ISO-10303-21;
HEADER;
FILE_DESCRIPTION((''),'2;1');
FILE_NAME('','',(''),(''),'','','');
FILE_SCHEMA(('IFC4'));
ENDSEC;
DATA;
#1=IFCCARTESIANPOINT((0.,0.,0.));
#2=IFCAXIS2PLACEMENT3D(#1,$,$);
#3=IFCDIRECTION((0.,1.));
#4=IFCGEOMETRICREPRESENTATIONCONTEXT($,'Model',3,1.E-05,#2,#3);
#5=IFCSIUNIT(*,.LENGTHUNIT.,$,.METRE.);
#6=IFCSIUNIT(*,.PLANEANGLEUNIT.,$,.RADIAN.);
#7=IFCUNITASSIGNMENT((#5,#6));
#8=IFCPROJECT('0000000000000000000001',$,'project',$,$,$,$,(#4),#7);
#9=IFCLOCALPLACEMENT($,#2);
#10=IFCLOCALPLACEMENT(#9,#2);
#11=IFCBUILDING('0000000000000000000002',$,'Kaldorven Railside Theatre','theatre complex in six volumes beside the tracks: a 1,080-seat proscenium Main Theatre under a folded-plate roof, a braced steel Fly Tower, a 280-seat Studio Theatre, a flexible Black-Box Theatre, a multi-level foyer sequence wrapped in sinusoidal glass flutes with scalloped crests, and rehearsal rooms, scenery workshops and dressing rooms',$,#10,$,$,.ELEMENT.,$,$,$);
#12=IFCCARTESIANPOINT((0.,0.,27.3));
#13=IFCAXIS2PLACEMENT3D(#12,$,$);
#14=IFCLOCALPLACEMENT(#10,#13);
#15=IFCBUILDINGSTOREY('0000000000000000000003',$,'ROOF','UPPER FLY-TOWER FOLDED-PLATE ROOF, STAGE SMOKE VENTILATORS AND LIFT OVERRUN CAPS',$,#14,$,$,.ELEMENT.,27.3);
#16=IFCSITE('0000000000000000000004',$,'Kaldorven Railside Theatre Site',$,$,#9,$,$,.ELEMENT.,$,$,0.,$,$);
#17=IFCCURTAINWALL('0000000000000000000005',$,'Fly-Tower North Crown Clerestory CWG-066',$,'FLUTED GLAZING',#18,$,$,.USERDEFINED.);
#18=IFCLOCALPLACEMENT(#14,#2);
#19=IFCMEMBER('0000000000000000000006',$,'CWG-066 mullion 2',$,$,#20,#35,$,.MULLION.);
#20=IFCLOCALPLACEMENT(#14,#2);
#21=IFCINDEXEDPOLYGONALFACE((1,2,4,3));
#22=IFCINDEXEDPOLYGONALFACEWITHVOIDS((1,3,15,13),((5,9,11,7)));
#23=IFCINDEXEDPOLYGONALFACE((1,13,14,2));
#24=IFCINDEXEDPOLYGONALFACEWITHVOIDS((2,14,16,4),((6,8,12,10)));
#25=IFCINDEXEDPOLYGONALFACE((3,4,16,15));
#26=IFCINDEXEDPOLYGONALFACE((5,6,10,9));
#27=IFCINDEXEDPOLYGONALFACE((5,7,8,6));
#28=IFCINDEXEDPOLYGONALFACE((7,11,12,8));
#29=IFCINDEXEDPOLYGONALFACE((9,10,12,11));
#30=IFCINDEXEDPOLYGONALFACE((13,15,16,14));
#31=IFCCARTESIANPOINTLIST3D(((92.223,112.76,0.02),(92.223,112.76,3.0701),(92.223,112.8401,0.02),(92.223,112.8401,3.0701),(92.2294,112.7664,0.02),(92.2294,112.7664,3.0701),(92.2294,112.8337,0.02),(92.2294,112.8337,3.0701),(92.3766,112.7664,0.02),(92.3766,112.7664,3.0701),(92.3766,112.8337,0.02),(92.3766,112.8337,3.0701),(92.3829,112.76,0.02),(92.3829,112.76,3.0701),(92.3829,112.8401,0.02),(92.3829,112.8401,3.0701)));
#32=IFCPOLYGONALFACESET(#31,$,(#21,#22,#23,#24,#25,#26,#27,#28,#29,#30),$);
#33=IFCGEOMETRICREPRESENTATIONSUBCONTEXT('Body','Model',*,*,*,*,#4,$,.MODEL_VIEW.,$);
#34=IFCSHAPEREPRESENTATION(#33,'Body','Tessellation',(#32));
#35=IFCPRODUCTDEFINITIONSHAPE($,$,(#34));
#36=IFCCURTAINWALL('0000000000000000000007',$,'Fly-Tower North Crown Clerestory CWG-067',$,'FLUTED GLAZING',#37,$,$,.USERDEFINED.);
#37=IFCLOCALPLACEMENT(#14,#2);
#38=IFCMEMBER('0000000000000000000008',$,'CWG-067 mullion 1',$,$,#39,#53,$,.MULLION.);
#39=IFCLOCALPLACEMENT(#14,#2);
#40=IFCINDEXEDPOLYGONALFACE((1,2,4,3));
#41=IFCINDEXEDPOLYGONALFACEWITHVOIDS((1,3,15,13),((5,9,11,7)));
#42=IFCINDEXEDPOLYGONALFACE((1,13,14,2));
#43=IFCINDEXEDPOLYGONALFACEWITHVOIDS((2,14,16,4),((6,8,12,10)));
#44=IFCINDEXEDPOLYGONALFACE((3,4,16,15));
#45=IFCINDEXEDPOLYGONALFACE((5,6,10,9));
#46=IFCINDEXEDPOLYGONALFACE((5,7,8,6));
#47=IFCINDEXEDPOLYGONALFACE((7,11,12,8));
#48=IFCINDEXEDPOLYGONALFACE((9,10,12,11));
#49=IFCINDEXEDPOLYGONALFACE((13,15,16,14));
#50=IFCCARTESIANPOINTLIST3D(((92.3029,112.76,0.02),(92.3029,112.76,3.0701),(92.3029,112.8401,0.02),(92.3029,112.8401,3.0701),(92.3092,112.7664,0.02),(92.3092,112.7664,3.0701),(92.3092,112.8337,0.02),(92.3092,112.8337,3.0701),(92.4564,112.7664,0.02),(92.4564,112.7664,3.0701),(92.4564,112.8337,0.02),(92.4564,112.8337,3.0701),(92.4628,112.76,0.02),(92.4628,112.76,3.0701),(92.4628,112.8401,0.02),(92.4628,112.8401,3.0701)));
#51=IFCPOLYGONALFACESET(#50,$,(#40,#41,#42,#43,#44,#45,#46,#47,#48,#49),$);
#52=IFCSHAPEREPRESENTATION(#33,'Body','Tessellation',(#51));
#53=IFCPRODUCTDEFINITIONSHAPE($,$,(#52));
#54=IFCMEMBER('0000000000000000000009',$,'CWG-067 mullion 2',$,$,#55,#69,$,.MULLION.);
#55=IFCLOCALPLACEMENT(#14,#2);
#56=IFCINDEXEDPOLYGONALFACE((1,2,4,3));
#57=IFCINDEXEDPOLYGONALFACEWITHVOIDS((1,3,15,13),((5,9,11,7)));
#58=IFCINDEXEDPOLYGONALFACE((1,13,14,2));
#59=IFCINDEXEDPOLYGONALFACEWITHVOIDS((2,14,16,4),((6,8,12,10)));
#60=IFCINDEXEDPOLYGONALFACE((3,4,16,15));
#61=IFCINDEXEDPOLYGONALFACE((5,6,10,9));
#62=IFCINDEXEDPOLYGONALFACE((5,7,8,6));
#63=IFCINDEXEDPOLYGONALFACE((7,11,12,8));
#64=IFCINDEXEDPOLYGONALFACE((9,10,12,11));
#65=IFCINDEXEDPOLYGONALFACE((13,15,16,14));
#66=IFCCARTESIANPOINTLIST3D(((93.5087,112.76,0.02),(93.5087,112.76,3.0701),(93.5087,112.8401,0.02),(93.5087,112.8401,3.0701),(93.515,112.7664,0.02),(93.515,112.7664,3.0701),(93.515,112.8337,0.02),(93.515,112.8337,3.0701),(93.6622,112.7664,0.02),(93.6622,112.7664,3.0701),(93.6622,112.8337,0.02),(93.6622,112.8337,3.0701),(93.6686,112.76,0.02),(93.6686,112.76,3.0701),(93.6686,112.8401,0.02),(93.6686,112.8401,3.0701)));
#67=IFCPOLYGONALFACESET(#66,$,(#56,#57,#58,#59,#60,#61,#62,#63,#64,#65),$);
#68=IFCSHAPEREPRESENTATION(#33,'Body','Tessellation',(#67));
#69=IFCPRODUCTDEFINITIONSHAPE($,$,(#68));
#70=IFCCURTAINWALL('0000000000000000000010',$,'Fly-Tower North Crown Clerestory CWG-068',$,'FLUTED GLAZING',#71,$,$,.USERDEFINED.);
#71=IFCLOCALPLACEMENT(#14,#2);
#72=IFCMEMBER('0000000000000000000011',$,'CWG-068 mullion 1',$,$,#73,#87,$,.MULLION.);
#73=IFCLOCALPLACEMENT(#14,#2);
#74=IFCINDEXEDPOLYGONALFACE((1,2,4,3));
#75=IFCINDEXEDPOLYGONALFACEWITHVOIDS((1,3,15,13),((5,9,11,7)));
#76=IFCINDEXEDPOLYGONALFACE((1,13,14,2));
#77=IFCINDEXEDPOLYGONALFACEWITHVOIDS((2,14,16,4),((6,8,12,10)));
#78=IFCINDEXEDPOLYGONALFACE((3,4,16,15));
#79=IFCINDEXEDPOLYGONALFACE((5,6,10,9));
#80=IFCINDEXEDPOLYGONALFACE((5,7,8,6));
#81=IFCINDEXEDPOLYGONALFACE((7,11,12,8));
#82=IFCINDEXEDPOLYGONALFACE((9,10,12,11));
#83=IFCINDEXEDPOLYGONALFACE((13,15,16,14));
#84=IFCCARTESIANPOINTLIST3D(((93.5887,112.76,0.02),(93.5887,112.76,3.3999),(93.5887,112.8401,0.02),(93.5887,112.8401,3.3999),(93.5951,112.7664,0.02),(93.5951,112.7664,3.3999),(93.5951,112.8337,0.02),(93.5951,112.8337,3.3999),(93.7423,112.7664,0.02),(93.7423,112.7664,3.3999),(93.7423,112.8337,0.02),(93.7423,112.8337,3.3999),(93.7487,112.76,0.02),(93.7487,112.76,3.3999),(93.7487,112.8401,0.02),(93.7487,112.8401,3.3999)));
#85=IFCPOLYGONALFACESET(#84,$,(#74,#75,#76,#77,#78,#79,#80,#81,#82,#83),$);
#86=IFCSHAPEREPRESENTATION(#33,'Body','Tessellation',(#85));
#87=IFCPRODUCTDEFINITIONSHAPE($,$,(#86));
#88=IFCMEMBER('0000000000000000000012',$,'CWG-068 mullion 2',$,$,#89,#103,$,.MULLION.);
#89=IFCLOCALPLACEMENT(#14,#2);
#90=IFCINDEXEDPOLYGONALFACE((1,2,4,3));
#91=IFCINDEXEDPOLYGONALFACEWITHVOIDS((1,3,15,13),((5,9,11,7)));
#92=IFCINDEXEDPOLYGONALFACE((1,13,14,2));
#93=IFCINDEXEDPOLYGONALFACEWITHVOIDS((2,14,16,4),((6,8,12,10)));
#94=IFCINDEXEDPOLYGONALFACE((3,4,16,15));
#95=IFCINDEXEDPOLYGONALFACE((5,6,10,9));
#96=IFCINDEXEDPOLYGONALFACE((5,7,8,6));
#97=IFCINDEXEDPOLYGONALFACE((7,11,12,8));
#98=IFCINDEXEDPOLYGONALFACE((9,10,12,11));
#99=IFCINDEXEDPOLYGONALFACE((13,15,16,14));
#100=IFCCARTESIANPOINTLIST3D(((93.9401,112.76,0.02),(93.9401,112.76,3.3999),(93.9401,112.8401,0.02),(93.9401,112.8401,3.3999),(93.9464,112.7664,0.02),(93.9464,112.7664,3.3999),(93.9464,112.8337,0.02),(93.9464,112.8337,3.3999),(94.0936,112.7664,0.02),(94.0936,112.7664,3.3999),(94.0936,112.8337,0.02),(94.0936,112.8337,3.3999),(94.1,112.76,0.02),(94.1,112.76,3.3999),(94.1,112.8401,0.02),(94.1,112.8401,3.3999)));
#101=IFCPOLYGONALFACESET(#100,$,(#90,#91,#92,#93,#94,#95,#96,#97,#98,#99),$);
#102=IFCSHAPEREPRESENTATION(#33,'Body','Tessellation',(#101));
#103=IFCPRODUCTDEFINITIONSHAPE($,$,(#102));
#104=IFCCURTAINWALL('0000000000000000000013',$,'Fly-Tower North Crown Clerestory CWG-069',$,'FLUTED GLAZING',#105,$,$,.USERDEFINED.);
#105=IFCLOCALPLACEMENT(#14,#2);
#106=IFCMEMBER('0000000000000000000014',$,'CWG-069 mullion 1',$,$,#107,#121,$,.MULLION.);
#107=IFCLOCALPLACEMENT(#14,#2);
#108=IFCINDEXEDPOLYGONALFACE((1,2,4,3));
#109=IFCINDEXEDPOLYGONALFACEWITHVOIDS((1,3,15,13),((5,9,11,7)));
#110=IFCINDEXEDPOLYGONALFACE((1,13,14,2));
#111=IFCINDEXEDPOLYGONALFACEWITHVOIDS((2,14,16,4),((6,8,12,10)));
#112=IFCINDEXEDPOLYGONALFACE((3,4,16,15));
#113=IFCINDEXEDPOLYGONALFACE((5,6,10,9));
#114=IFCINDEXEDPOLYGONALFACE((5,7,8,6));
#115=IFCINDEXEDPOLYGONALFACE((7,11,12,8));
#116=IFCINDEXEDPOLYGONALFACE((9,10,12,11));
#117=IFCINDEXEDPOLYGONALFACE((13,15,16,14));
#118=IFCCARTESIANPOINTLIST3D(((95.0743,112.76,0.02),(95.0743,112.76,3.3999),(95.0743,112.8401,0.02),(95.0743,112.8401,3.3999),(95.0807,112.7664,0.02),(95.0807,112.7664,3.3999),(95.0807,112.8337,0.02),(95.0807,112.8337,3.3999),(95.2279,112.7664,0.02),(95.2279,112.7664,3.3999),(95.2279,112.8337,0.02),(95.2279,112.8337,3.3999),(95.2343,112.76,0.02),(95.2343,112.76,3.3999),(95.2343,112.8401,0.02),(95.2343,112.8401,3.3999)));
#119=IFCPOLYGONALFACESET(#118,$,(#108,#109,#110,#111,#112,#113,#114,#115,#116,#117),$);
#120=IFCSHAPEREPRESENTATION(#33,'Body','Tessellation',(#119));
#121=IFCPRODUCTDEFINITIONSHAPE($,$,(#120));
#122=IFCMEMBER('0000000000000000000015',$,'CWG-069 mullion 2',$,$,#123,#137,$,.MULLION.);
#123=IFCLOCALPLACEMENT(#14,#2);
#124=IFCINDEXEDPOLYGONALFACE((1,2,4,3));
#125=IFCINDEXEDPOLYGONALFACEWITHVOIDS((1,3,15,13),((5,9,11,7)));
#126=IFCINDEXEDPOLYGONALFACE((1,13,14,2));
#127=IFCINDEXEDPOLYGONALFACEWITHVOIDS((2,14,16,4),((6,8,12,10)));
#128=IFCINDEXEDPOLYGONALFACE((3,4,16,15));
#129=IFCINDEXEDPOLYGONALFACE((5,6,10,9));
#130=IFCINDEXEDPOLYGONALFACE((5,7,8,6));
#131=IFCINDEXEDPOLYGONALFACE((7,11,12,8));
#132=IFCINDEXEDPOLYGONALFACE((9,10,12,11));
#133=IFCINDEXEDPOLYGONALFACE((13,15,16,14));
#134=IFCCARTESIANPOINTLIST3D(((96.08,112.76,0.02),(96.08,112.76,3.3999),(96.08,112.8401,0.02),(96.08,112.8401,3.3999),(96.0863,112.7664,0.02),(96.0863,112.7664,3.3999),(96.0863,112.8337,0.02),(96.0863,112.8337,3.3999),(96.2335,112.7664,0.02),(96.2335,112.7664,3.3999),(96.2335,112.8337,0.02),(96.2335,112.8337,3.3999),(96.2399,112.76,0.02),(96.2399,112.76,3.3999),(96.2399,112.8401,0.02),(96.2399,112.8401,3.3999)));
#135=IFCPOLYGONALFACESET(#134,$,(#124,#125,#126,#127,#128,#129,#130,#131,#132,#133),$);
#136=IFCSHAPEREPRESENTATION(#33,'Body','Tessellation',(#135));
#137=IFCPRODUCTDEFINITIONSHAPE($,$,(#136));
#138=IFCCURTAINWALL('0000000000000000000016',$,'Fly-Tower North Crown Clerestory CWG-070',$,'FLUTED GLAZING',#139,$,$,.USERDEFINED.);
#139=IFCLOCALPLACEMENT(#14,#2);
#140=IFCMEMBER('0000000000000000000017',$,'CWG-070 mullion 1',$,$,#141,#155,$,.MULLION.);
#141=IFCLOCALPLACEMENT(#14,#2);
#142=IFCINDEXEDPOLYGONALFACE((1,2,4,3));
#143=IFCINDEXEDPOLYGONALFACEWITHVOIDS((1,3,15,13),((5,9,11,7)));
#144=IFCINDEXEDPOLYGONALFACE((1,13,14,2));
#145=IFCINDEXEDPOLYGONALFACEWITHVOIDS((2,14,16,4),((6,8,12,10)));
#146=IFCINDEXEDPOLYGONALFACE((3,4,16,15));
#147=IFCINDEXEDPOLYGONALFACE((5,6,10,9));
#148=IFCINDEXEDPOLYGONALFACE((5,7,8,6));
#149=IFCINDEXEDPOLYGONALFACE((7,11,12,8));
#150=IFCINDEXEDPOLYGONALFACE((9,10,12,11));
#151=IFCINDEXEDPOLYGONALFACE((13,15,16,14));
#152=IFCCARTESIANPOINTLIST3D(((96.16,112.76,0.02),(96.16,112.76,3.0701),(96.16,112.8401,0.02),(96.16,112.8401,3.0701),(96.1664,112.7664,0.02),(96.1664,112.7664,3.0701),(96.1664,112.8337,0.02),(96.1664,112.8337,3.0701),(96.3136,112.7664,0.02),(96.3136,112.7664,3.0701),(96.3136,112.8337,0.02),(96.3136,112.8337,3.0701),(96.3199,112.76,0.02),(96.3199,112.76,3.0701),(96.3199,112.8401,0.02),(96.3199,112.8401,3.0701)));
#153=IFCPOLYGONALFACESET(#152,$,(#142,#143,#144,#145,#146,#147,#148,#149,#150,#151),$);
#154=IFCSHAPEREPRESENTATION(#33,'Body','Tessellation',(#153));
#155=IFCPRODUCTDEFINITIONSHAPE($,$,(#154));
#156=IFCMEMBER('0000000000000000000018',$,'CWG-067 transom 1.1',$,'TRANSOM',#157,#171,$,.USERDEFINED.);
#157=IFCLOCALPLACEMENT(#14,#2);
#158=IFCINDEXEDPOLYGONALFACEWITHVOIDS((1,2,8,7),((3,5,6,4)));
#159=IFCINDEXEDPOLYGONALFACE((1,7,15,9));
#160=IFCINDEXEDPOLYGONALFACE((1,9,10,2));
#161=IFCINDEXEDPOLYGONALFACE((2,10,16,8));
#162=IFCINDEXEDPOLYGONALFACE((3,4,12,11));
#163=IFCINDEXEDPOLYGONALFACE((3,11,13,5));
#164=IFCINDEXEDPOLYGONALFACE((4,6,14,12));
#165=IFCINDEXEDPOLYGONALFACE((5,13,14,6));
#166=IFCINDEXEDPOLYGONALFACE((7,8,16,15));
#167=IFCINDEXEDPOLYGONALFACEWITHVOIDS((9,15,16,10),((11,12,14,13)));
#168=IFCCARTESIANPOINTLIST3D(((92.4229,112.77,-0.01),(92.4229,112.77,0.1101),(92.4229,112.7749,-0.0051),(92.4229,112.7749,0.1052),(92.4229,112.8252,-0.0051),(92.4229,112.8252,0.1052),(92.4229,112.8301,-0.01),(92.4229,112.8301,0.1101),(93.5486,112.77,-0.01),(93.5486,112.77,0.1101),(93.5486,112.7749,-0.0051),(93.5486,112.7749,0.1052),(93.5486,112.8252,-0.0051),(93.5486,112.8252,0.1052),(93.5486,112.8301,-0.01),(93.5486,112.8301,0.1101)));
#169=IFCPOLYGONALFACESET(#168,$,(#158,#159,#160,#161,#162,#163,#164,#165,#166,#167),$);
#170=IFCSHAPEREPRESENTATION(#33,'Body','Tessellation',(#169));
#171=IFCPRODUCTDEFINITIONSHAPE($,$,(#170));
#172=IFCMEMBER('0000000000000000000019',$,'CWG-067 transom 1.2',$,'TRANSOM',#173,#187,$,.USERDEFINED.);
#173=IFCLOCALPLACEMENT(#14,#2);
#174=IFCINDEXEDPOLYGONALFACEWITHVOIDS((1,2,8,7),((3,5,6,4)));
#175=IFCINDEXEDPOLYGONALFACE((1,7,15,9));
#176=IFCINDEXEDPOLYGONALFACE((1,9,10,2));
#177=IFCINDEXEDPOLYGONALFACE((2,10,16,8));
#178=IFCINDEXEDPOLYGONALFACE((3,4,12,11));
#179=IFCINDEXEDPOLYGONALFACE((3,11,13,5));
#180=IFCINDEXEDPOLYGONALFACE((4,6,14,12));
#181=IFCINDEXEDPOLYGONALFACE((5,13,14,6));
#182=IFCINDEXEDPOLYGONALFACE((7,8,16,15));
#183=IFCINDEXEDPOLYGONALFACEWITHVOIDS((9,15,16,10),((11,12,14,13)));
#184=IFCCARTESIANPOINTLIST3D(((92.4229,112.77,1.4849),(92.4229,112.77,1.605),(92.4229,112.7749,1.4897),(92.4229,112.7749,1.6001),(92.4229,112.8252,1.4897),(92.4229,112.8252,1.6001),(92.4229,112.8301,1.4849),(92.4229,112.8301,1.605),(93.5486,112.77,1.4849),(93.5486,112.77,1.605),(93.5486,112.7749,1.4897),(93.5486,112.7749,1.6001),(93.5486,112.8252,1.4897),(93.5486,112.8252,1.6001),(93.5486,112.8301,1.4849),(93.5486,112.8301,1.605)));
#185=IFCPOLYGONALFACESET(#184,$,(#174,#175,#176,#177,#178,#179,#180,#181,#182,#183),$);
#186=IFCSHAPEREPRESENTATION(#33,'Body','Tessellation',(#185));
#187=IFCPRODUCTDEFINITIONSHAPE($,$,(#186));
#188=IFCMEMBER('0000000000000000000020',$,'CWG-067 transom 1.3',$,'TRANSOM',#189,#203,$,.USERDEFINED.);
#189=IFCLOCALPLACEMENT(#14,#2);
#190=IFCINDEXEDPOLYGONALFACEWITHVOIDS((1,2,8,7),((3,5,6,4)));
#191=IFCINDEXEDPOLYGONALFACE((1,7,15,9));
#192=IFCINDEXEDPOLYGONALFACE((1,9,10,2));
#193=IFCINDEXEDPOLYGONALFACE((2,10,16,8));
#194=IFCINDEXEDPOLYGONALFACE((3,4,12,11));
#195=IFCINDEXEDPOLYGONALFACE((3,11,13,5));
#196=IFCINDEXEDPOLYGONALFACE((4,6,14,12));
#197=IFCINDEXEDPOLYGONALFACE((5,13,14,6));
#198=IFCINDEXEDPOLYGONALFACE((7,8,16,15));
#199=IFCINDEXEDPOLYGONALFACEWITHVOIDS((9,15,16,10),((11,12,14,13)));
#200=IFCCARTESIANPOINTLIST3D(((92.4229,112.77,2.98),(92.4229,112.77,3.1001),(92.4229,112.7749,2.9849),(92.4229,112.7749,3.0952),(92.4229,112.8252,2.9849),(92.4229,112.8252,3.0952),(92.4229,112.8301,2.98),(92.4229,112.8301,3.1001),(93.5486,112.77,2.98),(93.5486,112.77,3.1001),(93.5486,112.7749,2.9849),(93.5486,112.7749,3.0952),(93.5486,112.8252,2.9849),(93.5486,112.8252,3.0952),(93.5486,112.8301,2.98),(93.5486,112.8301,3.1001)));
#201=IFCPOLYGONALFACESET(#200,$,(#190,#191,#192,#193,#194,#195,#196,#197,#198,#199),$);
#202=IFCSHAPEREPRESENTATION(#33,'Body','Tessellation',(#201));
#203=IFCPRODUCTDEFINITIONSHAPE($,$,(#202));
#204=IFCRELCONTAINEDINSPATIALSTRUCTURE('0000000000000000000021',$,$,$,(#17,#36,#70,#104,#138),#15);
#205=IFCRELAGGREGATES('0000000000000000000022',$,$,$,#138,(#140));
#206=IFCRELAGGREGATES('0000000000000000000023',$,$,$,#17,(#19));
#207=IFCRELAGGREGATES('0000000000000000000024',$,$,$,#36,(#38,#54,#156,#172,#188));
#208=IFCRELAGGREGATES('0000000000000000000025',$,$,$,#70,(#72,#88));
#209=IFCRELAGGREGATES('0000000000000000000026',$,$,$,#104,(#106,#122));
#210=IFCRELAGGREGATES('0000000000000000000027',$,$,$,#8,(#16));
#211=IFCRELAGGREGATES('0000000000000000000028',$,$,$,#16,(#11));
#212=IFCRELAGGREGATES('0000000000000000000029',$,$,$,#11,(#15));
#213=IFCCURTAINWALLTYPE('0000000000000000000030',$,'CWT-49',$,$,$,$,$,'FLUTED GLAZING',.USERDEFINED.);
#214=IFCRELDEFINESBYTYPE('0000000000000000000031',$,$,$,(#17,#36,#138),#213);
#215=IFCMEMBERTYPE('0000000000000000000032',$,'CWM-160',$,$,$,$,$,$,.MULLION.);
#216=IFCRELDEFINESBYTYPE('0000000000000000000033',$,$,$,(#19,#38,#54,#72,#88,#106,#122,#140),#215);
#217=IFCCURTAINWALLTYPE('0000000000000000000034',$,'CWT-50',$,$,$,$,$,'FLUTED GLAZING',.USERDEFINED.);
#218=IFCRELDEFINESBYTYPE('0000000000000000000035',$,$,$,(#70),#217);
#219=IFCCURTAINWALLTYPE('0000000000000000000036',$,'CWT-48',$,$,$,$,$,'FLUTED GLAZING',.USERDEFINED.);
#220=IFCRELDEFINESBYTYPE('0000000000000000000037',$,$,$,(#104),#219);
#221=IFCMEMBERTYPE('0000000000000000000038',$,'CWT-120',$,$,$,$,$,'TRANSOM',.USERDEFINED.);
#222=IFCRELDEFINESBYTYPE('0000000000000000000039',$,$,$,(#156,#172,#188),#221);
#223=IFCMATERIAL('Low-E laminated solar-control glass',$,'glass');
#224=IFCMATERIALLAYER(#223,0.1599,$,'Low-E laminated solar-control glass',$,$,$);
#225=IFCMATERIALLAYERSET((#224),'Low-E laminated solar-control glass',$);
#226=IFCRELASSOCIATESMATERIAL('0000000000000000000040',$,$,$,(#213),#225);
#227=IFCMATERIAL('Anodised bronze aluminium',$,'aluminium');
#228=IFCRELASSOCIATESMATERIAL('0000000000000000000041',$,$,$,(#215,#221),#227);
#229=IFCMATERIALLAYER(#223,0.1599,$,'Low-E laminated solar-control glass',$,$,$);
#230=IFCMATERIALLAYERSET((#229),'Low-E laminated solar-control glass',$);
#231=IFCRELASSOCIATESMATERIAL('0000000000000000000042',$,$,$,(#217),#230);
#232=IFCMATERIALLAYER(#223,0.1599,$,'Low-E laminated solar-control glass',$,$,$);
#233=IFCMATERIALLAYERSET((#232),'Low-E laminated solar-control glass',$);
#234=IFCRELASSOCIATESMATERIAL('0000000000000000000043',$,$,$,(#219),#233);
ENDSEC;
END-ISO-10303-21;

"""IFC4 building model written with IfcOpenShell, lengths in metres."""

from ifc_helpers import new_model, si_unit, direction, frame, origin, origin_2d, place, context, subcontext, project, spatial, hollow_rectangle, extrude, material, layer, layer_set, material_profile, profile_set, type_object, element, aggregate, save


model = new_model("IFC4")

# Units and contexts
model_context = context("Model", 3, precision=1e-05, world=origin(), true_north=direction((0.0, 1.0)))
body_context = subcontext(model_context, "Body", "Model", "MODEL_VIEW")
ifc_project = project(units=[si_unit("LENGTHUNIT", "METRE"), si_unit("PLANEANGLEUNIT", "RADIAN")], contexts=[model_context])

# Site, building, storey
site_placement = place(None, origin())
site = spatial("IfcSite", under=ifc_project, at=site_placement, Name="Kaldorven Railside Theatre Site", CompositionType="ELEMENT", RefElevation=0.0)
building_placement = place(site_placement, origin())
building = spatial("IfcBuilding", under=site, at=building_placement, Name="Kaldorven Railside Theatre", Description="theatre complex in six volumes beside the tracks: a 1,080-seat proscenium Main Theatre under a folded-plate roof, a braced steel Fly Tower, a 280-seat Studio Theatre, a flexible Black-Box Theatre, a multi-level foyer sequence wrapped in sinusoidal glass flutes with scalloped crests, and rehearsal rooms, scenery workshops and dressing rooms", CompositionType="ELEMENT")
storey_placement = place(building_placement, frame((0.0, 0.0, 27.3)))
storey = spatial("IfcBuildingStorey", under=building, at=storey_placement, Name="ROOF", Description="UPPER FLY-TOWER FOLDED-PLATE ROOF, STAGE SMOKE VENTILATORS AND LIFT OVERRUN CAPS", CompositionType="ELEMENT", Elevation=27.3)

# Curtain wall, member
ifc_material_1 = material(Name="Low-E laminated solar-control glass", Category="glass")
ifc_layer_1 = layer(ifc_material_1, 0.1599, Name="Low-E laminated solar-control glass")
ifc_layer_set_1 = layer_set([ifc_layer_1], Name="Low-E laminated solar-control glass")
curtain_wall_type_1 = type_object("IfcCurtainWallType", Name="CWT-49", ElementType="FLUTED GLAZING", PredefinedType="USERDEFINED", material=ifc_layer_set_1)
curtain_wall_1_placement = place(storey_placement, origin())
curtain_wall_1 = element("IfcCurtainWall", 1, at=curtain_wall_1_placement, inside=storey, type_object=curtain_wall_type_1, Name="Fly-Tower North Crown Clerestory CWG-066", ObjectType="FLUTED GLAZING", PredefinedType="USERDEFINED")
ifc_material_2 = material(Name="Anodised bronze aluminium", Category="aluminium")
ifc_material_profile_1 = material_profile(ifc_material_2, hollow_rectangle(XDim=0.0801, YDim=0.1599, WallThickness=0.0063, at=origin_2d()), Name="RHS 160x80x6.3")
ifc_profile_set_1 = profile_set([ifc_material_profile_1], Name="Anodised bronze aluminium")
member_type_1 = type_object("IfcMemberType", Name="CWM-160", PredefinedType="MULLION", material=ifc_profile_set_1)
member_1_placement = place(storey_placement, frame((92.303, 112.8, 0.02), z_axis=(0.0, 0.0, 1.0), x_axis=(0.0, 1.0, 0.0)))
member_1 = element("IfcMember", 2, at=member_1_placement, type_object=member_type_1, Name="CWG-066 mullion 2", PredefinedType="MULLION", context=body_context, shape_type="SweptSolid", body=[
    extrude(hollow_rectangle(XDim=0.0801, YDim=0.1599, WallThickness=0.0063, at=origin_2d()), origin(), (0.0, 0.0, 1.0), 3.05),
])

# Curtain walls, members
curtain_wall_2_placement = place(storey_placement, origin())
curtain_wall_2 = element("IfcCurtainWall", 3, at=curtain_wall_2_placement, inside=storey, type_object=curtain_wall_type_1, Name="Fly-Tower North Crown Clerestory CWG-067", ObjectType="FLUTED GLAZING", PredefinedType="USERDEFINED")
member_2_placement = place(storey_placement, frame((92.3828, 112.8, 0.02), z_axis=(0.0, 0.0, 1.0), x_axis=(0.0, 1.0, 0.0)))
member_2 = element("IfcMember", 4, at=member_2_placement, type_object=member_type_1, Name="CWG-067 mullion 1", PredefinedType="MULLION", context=body_context, shape_type="SweptSolid", body=[
    extrude(hollow_rectangle(XDim=0.0801, YDim=0.1599, WallThickness=0.0063, at=origin_2d()), origin(), (0.0, 0.0, 1.0), 3.05),
])
member_3_placement = place(storey_placement, frame((93.5886, 112.8, 0.02), z_axis=(0.0, 0.0, 1.0), x_axis=(0.0, 1.0, 0.0)))
member_3 = element("IfcMember", 5, at=member_3_placement, type_object=member_type_1, Name="CWG-067 mullion 2", PredefinedType="MULLION", context=body_context, shape_type="SweptSolid", body=[
    extrude(hollow_rectangle(XDim=0.0801, YDim=0.1599, WallThickness=0.0063, at=origin_2d()), origin(), (0.0, 0.0, 1.0), 3.05),
])
ifc_layer_2 = layer(ifc_material_1, 0.1599, Name="Low-E laminated solar-control glass")
ifc_layer_set_2 = layer_set([ifc_layer_2], Name="Low-E laminated solar-control glass")
curtain_wall_type_2 = type_object("IfcCurtainWallType", Name="CWT-50", ElementType="FLUTED GLAZING", PredefinedType="USERDEFINED", material=ifc_layer_set_2)
curtain_wall_3_placement = place(storey_placement, origin())
curtain_wall_3 = element("IfcCurtainWall", 6, at=curtain_wall_3_placement, inside=storey, type_object=curtain_wall_type_2, Name="Fly-Tower North Crown Clerestory CWG-068", ObjectType="FLUTED GLAZING", PredefinedType="USERDEFINED")
member_4_placement = place(storey_placement, frame((93.6687, 112.8, 0.02), z_axis=(0.0, 0.0, 1.0), x_axis=(0.0, 1.0, 0.0)))
member_4 = element("IfcMember", 7, at=member_4_placement, type_object=member_type_1, Name="CWG-068 mullion 1", PredefinedType="MULLION", context=body_context, shape_type="SweptSolid", body=[
    extrude(hollow_rectangle(XDim=0.0801, YDim=0.1599, WallThickness=0.0063, at=origin_2d()), origin(), (0.0, 0.0, 1.0), 3.3799),
])
member_5_placement = place(storey_placement, frame((94.02, 112.8, 0.02), z_axis=(0.0, 0.0, 1.0), x_axis=(0.0, 1.0, 0.0)))
member_5 = element("IfcMember", 8, at=member_5_placement, type_object=member_type_1, Name="CWG-068 mullion 2", PredefinedType="MULLION", context=body_context, shape_type="SweptSolid", body=[
    extrude(hollow_rectangle(XDim=0.0801, YDim=0.1599, WallThickness=0.0063, at=origin_2d()), origin(), (0.0, 0.0, 1.0), 3.3799),
])
ifc_layer_3 = layer(ifc_material_1, 0.1599, Name="Low-E laminated solar-control glass")
ifc_layer_set_3 = layer_set([ifc_layer_3], Name="Low-E laminated solar-control glass")
curtain_wall_type_3 = type_object("IfcCurtainWallType", Name="CWT-48", ElementType="FLUTED GLAZING", PredefinedType="USERDEFINED", material=ifc_layer_set_3)
curtain_wall_4_placement = place(storey_placement, origin())
curtain_wall_4 = element("IfcCurtainWall", 9, at=curtain_wall_4_placement, inside=storey, type_object=curtain_wall_type_3, Name="Fly-Tower North Crown Clerestory CWG-069", ObjectType="FLUTED GLAZING", PredefinedType="USERDEFINED")
member_6_placement = place(storey_placement, frame((95.1543, 112.8, 0.02), z_axis=(0.0, 0.0, 1.0), x_axis=(0.0, 1.0, 0.0)))
member_6 = element("IfcMember", 10, at=member_6_placement, type_object=member_type_1, Name="CWG-069 mullion 1", PredefinedType="MULLION", context=body_context, shape_type="SweptSolid", body=[
    extrude(hollow_rectangle(XDim=0.0801, YDim=0.1599, WallThickness=0.0063, at=origin_2d()), origin(), (0.0, 0.0, 1.0), 3.3799),
])
member_7_placement = place(storey_placement, frame((96.1599, 112.8, 0.02), z_axis=(0.0, 0.0, 1.0), x_axis=(0.0, 1.0, 0.0)))
member_7 = element("IfcMember", 11, at=member_7_placement, type_object=member_type_1, Name="CWG-069 mullion 2", PredefinedType="MULLION", context=body_context, shape_type="SweptSolid", body=[
    extrude(hollow_rectangle(XDim=0.0801, YDim=0.1599, WallThickness=0.0063, at=origin_2d()), origin(), (0.0, 0.0, 1.0), 3.3799),
])

# Curtain wall, member
curtain_wall_5_placement = place(storey_placement, origin())
curtain_wall_5 = element("IfcCurtainWall", 12, at=curtain_wall_5_placement, inside=storey, type_object=curtain_wall_type_1, Name="Fly-Tower North Crown Clerestory CWG-070", ObjectType="FLUTED GLAZING", PredefinedType="USERDEFINED")
member_8_placement = place(storey_placement, frame((96.24, 112.8, 0.02), z_axis=(0.0, 0.0, 1.0), x_axis=(0.0, 1.0, 0.0)))
member_8 = element("IfcMember", 13, at=member_8_placement, type_object=member_type_1, Name="CWG-070 mullion 1", PredefinedType="MULLION", context=body_context, shape_type="SweptSolid", body=[
    extrude(hollow_rectangle(XDim=0.0801, YDim=0.1599, WallThickness=0.0063, at=origin_2d()), origin(), (0.0, 0.0, 1.0), 3.05),
])

# Members
ifc_material_profile_2 = material_profile(ifc_material_2, hollow_rectangle(XDim=0.0601, YDim=0.1201, WallThickness=0.0049, at=origin_2d()), Name="RHS 120x60x5")
ifc_profile_set_2 = profile_set([ifc_material_profile_2], Name="Anodised bronze aluminium")
member_type_2 = type_object("IfcMemberType", Name="CWT-120", ElementType="TRANSOM", PredefinedType="USERDEFINED", material=ifc_profile_set_2)
member_9_placement = place(storey_placement, frame((92.4229, 112.8, 0.05), z_axis=(1.0, 0.0, 0.0), x_axis=(0.0, 1.0, 0.0)))
member_9 = element("IfcMember", 14, at=member_9_placement, type_object=member_type_2, Name="CWG-067 transom 1.1", ObjectType="TRANSOM", PredefinedType="USERDEFINED", context=body_context, shape_type="SweptSolid", body=[
    extrude(hollow_rectangle(XDim=0.0601, YDim=0.1201, WallThickness=0.0049, at=origin_2d()), origin(), (0.0, 0.0, 1.0), 1.1257),
])
member_10_placement = place(storey_placement, frame((92.4229, 112.8, 1.5449), z_axis=(1.0, 0.0, 0.0), x_axis=(0.0, 1.0, 0.0)))
member_10 = element("IfcMember", 15, at=member_10_placement, type_object=member_type_2, Name="CWG-067 transom 1.2", ObjectType="TRANSOM", PredefinedType="USERDEFINED", context=body_context, shape_type="SweptSolid", body=[
    extrude(hollow_rectangle(XDim=0.0601, YDim=0.1201, WallThickness=0.0049, at=origin_2d()), origin(), (0.0, 0.0, 1.0), 1.1257),
])
member_11_placement = place(storey_placement, frame((92.4229, 112.8, 3.04), z_axis=(1.0, 0.0, 0.0), x_axis=(0.0, 1.0, 0.0)))
member_11 = element("IfcMember", 16, at=member_11_placement, type_object=member_type_2, Name="CWG-067 transom 1.3", ObjectType="TRANSOM", PredefinedType="USERDEFINED", context=body_context, shape_type="SweptSolid", body=[
    extrude(hollow_rectangle(XDim=0.0601, YDim=0.1201, WallThickness=0.0049, at=origin_2d()), origin(), (0.0, 0.0, 1.0), 1.1257),
])
aggregate(curtain_wall_5, [member_8])

aggregate(curtain_wall_1, [member_1])
aggregate(curtain_wall_2, [member_2, member_3, member_9, member_10, member_11])
aggregate(curtain_wall_3, [member_4, member_5])
aggregate(curtain_wall_4, [member_6, member_7])

save(model, "model.ifc")
